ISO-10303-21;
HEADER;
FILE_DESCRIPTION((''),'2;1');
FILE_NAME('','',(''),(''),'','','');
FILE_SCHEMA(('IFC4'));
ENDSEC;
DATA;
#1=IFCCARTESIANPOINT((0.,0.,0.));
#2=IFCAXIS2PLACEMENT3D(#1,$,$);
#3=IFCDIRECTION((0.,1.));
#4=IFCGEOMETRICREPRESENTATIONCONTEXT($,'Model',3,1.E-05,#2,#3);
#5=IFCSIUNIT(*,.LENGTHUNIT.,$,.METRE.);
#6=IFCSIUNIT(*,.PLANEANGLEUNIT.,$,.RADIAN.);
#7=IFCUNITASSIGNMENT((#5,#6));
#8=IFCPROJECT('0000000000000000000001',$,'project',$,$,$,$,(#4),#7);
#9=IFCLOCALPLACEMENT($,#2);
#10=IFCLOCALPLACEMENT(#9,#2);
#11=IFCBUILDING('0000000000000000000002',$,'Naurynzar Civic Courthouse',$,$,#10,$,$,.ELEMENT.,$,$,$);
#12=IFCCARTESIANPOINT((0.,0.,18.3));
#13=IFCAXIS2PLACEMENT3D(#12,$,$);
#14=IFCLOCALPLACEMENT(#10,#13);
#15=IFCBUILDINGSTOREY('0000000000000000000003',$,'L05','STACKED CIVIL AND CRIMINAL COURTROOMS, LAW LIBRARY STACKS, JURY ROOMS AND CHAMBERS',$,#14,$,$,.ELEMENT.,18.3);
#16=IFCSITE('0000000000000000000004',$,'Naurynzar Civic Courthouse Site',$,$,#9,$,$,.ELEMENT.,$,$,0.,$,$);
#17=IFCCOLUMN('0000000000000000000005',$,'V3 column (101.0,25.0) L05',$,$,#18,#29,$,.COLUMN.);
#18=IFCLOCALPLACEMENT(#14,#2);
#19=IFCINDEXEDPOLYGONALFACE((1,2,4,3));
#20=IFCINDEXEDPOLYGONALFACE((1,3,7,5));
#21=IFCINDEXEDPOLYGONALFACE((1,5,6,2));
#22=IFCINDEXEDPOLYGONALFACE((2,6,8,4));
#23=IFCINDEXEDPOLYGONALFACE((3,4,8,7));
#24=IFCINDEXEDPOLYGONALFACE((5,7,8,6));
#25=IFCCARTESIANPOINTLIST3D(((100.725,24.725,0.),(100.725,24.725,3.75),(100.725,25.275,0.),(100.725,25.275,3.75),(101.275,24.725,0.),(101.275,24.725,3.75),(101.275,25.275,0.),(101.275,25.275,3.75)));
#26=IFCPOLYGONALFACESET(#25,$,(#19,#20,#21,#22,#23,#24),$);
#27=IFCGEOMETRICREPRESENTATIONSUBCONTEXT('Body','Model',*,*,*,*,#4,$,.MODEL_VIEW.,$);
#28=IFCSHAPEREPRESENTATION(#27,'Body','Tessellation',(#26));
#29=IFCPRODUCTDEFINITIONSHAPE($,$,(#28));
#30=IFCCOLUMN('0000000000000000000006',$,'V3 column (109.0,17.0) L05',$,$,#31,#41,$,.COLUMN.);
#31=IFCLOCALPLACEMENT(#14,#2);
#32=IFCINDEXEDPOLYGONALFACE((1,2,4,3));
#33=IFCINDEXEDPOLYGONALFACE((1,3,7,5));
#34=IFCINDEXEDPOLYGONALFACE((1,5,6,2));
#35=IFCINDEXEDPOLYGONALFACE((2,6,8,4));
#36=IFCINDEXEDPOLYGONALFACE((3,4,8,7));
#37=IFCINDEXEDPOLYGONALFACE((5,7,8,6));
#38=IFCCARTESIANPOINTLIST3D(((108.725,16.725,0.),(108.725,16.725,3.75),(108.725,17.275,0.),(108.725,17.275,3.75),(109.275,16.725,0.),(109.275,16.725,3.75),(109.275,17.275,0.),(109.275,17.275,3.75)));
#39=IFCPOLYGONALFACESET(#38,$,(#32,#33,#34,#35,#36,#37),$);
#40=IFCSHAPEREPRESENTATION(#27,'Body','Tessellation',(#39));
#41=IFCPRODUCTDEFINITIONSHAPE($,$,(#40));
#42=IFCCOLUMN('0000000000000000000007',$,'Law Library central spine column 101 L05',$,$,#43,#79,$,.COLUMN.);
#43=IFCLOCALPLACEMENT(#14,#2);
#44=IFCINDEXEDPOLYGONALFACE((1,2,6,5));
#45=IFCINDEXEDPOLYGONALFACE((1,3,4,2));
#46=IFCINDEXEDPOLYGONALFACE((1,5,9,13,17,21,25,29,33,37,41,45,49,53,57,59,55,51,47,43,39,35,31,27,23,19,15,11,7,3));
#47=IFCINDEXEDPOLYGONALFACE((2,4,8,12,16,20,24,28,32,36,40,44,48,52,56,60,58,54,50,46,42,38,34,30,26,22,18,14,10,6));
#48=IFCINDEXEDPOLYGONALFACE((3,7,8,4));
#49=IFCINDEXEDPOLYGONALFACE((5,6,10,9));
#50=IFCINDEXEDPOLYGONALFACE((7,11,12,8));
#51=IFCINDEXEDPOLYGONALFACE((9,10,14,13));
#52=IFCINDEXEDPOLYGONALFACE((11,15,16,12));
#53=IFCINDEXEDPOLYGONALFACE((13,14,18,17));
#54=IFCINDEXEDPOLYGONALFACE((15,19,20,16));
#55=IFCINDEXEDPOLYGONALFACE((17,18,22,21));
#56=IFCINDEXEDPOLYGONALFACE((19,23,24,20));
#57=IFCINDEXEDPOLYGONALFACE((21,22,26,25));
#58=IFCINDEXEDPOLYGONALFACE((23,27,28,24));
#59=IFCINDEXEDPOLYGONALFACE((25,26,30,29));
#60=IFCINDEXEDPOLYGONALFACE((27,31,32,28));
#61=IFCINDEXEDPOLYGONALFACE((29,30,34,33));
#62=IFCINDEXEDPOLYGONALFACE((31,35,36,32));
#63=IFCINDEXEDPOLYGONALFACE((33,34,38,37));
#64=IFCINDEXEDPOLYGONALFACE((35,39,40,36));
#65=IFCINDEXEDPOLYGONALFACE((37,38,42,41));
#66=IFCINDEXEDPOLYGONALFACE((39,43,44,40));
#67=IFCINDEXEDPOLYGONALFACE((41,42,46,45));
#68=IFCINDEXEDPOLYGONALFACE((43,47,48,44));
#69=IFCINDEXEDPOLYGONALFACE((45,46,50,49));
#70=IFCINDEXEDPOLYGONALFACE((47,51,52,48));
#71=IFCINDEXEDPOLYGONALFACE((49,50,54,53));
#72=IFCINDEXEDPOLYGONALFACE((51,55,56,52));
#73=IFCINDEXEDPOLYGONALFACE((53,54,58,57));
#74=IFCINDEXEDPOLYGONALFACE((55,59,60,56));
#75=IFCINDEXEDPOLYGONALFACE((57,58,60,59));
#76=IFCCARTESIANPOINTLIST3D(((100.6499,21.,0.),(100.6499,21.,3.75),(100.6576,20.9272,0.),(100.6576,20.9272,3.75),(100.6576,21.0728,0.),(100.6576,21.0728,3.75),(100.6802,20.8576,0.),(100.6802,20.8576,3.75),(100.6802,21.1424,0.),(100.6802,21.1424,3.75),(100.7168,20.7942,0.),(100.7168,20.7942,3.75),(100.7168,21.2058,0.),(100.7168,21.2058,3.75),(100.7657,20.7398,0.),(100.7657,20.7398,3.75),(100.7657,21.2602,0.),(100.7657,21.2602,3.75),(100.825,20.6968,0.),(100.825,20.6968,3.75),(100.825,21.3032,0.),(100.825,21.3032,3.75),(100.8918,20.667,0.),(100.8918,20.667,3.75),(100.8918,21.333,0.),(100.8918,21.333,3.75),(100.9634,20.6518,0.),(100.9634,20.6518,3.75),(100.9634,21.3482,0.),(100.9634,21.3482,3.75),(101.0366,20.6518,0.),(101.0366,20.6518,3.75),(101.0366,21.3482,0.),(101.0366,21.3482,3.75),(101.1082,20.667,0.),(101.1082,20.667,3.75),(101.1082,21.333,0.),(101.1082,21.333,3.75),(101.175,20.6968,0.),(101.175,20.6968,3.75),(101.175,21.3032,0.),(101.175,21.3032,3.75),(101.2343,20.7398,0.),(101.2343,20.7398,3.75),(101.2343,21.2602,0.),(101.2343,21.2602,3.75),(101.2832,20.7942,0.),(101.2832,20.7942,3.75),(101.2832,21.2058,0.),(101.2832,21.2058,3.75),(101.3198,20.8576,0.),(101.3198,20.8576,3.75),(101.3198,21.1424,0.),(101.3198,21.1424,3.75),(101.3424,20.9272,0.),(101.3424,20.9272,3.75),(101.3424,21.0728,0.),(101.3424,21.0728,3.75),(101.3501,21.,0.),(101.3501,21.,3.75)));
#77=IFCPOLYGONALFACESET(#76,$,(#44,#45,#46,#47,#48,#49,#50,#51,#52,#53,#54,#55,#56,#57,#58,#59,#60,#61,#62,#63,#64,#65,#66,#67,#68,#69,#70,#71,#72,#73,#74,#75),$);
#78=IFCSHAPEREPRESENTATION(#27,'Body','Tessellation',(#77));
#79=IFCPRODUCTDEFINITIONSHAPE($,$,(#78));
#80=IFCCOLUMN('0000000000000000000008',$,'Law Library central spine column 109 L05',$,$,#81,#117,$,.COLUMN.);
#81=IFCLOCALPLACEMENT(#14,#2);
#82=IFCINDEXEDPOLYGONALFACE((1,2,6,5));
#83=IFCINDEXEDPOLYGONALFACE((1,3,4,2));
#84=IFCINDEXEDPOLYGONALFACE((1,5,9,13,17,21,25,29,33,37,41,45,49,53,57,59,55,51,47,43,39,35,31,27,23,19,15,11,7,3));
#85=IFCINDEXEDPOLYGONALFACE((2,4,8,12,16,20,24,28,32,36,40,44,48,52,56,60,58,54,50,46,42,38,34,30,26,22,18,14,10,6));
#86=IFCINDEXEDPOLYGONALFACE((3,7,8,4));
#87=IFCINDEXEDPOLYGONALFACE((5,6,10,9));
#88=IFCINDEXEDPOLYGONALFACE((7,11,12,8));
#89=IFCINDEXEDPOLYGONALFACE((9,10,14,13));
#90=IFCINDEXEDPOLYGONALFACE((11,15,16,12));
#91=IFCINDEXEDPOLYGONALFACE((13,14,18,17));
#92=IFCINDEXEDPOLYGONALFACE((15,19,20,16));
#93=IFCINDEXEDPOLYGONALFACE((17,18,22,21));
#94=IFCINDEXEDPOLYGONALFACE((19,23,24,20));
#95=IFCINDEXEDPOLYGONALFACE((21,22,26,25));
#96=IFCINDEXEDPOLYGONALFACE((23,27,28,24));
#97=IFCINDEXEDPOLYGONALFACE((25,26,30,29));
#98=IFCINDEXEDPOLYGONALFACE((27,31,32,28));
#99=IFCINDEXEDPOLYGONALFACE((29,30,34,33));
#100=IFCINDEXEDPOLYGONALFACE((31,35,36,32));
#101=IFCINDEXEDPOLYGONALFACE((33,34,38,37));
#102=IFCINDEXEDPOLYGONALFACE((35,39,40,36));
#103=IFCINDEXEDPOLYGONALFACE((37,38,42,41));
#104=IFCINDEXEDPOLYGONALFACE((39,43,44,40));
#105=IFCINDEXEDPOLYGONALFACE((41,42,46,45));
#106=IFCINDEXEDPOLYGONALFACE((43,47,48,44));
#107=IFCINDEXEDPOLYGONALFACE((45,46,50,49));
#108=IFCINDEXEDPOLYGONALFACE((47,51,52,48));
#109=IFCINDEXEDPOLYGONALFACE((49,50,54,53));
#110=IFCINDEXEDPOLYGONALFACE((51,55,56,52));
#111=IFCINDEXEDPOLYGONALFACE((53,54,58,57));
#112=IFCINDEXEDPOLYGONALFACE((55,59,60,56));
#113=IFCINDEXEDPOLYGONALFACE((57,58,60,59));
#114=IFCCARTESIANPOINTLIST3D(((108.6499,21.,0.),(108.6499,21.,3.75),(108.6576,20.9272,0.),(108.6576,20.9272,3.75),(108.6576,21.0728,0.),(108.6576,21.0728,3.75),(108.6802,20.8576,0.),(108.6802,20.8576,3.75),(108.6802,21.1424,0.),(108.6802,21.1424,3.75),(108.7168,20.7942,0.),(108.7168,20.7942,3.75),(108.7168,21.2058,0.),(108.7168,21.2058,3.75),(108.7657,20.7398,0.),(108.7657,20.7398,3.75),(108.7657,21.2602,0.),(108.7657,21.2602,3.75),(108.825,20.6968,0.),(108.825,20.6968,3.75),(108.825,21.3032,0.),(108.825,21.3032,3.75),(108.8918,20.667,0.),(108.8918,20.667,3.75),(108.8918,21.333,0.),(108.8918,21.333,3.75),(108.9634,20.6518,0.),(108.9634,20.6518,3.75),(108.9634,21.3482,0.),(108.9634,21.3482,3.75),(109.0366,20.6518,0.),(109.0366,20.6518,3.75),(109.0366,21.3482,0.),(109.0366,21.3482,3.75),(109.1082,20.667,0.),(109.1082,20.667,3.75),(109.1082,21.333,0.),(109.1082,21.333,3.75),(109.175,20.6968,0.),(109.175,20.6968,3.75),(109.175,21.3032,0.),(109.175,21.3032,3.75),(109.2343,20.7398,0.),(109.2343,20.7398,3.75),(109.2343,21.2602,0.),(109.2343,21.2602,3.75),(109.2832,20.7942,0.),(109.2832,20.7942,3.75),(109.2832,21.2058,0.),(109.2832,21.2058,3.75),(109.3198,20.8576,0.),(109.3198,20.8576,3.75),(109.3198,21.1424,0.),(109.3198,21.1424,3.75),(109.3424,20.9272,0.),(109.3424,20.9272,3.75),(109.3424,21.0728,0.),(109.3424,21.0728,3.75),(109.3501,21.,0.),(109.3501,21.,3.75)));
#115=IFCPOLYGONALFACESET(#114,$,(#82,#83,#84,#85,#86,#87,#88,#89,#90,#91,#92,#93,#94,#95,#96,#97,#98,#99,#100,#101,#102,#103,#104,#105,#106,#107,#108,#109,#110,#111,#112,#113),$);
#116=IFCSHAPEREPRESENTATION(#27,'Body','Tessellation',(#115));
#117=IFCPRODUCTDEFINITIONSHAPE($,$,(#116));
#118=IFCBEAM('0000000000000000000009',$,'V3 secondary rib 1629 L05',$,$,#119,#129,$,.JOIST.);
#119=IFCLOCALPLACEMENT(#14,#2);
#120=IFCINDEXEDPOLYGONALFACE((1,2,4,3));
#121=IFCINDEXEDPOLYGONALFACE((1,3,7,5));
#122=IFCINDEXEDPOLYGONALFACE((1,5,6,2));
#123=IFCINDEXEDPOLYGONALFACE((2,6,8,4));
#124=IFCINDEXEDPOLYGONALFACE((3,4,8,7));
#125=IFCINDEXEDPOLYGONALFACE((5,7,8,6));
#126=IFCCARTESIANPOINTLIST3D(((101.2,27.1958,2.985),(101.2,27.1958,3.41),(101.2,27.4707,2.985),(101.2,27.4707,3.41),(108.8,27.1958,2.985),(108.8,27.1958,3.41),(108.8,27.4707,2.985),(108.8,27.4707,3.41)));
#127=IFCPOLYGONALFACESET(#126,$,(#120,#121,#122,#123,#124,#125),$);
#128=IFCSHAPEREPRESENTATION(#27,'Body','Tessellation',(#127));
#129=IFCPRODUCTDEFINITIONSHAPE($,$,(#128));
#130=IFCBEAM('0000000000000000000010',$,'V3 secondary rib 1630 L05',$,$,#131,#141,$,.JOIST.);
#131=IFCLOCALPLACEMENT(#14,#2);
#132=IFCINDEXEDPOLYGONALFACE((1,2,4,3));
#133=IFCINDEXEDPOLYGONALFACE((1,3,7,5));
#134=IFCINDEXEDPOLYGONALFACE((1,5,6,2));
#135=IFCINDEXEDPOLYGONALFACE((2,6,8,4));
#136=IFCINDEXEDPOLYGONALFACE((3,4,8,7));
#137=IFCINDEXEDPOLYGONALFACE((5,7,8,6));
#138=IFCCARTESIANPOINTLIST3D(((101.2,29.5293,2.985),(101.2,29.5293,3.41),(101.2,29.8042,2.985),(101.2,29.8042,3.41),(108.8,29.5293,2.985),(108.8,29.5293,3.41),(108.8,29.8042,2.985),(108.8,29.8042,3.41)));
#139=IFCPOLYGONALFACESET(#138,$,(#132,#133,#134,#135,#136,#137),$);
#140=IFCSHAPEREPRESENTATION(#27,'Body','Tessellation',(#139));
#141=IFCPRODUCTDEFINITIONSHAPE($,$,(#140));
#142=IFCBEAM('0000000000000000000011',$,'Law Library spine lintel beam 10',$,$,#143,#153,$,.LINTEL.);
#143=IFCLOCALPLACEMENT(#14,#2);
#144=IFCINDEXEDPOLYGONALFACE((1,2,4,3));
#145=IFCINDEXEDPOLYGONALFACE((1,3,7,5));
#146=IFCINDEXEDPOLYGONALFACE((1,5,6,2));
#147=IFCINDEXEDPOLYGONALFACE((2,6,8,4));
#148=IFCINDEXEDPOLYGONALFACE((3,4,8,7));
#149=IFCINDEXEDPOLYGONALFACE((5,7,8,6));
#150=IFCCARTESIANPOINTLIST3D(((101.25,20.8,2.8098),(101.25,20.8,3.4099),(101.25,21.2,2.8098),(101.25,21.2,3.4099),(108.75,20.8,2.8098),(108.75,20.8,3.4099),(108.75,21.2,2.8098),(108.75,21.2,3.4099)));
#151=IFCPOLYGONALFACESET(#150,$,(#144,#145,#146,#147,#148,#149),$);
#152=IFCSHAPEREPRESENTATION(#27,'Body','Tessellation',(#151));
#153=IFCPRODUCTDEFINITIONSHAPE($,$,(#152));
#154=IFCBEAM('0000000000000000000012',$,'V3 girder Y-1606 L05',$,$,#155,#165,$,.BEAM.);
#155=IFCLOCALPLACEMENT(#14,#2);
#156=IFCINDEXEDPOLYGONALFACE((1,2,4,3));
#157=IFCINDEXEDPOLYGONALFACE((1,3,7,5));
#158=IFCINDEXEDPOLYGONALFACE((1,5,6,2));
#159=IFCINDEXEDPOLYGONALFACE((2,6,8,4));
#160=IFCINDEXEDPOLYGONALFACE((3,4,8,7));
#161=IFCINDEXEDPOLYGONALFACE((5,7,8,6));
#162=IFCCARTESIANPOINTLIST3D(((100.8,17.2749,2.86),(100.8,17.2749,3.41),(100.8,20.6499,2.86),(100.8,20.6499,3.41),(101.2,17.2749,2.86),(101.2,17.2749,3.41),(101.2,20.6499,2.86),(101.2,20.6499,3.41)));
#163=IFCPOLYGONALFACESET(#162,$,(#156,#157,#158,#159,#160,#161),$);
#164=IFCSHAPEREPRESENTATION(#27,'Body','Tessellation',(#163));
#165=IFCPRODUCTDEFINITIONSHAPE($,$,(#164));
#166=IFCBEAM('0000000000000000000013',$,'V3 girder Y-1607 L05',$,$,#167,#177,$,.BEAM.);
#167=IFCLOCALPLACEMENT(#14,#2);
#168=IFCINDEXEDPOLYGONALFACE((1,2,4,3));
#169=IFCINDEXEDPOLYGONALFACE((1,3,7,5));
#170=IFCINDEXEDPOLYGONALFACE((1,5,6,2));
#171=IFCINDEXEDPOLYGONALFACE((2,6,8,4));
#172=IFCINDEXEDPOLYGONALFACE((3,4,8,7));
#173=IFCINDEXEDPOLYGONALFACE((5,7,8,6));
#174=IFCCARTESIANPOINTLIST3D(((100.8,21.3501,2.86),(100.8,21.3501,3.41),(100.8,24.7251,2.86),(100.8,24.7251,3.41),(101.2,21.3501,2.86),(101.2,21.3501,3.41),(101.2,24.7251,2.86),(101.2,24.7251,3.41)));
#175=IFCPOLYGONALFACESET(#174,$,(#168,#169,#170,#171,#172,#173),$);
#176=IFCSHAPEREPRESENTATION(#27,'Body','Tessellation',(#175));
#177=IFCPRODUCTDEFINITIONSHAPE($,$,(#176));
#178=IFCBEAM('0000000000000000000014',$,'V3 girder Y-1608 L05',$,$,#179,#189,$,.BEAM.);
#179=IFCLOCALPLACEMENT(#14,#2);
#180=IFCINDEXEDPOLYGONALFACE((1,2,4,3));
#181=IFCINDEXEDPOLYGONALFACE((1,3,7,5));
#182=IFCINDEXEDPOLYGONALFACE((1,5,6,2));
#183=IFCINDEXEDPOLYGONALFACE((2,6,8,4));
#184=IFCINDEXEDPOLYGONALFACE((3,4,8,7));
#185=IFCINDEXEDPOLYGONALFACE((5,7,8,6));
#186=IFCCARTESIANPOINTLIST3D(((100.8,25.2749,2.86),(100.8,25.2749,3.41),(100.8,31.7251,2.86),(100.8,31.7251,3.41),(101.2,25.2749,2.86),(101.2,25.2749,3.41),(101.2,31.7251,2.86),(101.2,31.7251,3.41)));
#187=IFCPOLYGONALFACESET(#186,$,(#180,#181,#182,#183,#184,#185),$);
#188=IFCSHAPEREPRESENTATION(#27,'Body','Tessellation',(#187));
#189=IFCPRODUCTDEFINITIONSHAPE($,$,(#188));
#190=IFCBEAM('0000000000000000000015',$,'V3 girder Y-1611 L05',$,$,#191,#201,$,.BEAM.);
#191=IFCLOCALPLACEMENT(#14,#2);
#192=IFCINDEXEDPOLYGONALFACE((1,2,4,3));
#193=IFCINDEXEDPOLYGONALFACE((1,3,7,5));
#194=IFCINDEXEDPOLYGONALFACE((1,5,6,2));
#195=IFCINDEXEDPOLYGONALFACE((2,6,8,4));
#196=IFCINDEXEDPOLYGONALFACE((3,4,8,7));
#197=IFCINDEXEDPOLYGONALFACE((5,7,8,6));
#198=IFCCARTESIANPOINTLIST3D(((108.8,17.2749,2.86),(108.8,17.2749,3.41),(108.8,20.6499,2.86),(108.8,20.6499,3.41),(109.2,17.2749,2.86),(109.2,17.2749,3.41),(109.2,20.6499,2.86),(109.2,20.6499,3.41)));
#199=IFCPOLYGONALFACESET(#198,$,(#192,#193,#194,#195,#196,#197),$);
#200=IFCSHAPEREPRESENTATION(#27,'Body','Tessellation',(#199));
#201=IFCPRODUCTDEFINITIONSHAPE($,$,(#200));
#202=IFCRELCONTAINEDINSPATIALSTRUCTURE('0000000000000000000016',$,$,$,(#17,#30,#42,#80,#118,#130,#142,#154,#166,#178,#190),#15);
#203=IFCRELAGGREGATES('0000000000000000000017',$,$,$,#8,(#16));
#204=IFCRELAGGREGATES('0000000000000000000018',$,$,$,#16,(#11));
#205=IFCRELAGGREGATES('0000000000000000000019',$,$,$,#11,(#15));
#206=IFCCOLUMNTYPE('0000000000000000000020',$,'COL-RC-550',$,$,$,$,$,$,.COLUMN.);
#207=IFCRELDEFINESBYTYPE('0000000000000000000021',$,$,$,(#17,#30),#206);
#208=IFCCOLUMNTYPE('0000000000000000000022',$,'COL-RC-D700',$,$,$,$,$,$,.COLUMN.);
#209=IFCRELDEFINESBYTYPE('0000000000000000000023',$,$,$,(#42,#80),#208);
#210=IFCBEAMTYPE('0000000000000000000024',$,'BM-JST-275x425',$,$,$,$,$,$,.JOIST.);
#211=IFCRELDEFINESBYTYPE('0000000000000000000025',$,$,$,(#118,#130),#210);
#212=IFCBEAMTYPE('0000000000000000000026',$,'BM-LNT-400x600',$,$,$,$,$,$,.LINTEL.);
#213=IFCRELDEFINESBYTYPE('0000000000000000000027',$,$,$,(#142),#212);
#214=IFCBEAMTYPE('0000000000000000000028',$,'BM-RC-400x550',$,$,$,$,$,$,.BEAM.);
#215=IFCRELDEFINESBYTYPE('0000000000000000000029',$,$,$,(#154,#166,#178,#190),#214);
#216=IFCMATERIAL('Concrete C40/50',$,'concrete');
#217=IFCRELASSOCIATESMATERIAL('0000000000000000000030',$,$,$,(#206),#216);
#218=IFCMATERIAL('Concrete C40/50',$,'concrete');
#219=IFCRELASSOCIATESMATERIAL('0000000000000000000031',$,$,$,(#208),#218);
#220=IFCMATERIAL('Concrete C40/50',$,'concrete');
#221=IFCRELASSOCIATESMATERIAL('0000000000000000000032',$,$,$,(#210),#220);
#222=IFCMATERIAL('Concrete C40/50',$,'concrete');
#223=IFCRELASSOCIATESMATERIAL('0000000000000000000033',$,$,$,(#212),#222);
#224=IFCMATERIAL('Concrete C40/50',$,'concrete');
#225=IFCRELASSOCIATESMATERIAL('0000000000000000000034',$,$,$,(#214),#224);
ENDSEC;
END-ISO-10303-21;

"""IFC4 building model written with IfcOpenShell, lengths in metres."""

from ifc_helpers import new_model, si_unit, direction, frame, origin, origin_2d, place, context, subcontext, project, spatial, rectangle, circle, extrude, material, material_profile, profile_set, type_object, element, save


model = new_model("IFC4")

# Units and contexts
model_context = context("Model", 3, precision=1e-05, world=origin(), true_north=direction((0.0, 1.0)))
body_context = subcontext(model_context, "Body", "Model", "MODEL_VIEW")
ifc_project = project(units=[si_unit("LENGTHUNIT", "METRE"), si_unit("PLANEANGLEUNIT", "RADIAN")], contexts=[model_context])

# Site, building, storey
site_placement = place(None, origin())
site = spatial("IfcSite", under=ifc_project, at=site_placement, Name="Naurynzar Civic Courthouse Site", CompositionType="ELEMENT", RefElevation=0.0)
building_placement = place(site_placement, origin())
building = spatial("IfcBuilding", under=site, at=building_placement, Name="Naurynzar Civic Courthouse", CompositionType="ELEMENT")
storey_placement = place(building_placement, frame((0.0, 0.0, 18.3)))
storey = spatial("IfcBuildingStorey", under=building, at=storey_placement, Name="L05", Description="STACKED CIVIL AND CRIMINAL COURTROOMS, LAW LIBRARY STACKS, JURY ROOMS AND CHAMBERS", CompositionType="ELEMENT", Elevation=18.3)

# Columns
ifc_material_1 = material(Name="Concrete C40/50", Category="concrete")
ifc_material_profile_1 = material_profile(ifc_material_1, rectangle(XDim=0.55, YDim=0.55, at=origin_2d()), Name="RC 550x550")
ifc_profile_set_1 = profile_set([ifc_material_profile_1], Name="Concrete C40/50")
column_type_1 = type_object("IfcColumnType", Name="COL-RC-550", PredefinedType="COLUMN", material=ifc_profile_set_1)
for number, where, z_axis, x_axis, name in (
    (1, (101.0, 25.0, 0.0), (0.0, 0.0, 1.0), (1.0, 0.0, 0.0), "V3 column (101.0,25.0) L05"),
    (2, (109.0, 17.0, 0.0), (0.0, 0.0, 1.0), (1.0, 0.0, 0.0), "V3 column (109.0,17.0) L05"),
):
    element("IfcColumn", number, at=place(storey_placement, frame(where, z_axis=z_axis, x_axis=x_axis)), inside=storey, type_object=column_type_1, Name=name, PredefinedType="COLUMN", context=body_context, shape_type="SweptSolid", body=[
        extrude(rectangle(XDim=0.55, YDim=0.55, at=origin_2d()), origin(), (0.0, 0.0, 1.0), 3.75),
    ])
ifc_material_2 = material(Name="Concrete C40/50", Category="concrete")
ifc_material_profile_2 = material_profile(ifc_material_2, circle(Radius=0.3501, at=origin_2d()), Name="RC D700")
ifc_profile_set_2 = profile_set([ifc_material_profile_2], Name="Concrete C40/50")
column_type_2 = type_object("IfcColumnType", Name="COL-RC-D700", PredefinedType="COLUMN", material=ifc_profile_set_2)
for number, where, z_axis, x_axis, name in (
    (3, (101.0, 21.0, 0.0), (0.0, 0.0, 1.0), (1.0, 0.0, 0.0), "Law Library central spine column 101 L05"),
    (4, (109.0, 21.0, 0.0), (0.0, 0.0, 1.0), (1.0, 0.0, 0.0), "Law Library central spine column 109 L05"),
):
    element("IfcColumn", number, at=place(storey_placement, frame(where, z_axis=z_axis, x_axis=x_axis)), inside=storey, type_object=column_type_2, Name=name, PredefinedType="COLUMN", context=body_context, shape_type="SweptSolid", body=[
        extrude(circle(Radius=0.3501, at=origin_2d()), origin(), (0.0, 0.0, 1.0), 3.75),
    ])

# Beams
ifc_material_3 = material(Name="Concrete C40/50", Category="concrete")
ifc_material_profile_3 = material_profile(ifc_material_3, rectangle(XDim=0.2749, YDim=0.425, at=origin_2d()), Name="RCB 275x425")
ifc_profile_set_3 = profile_set([ifc_material_profile_3], Name="Concrete C40/50")
beam_type_1 = type_object("IfcBeamType", Name="BM-JST-275x425", PredefinedType="JOIST", material=ifc_profile_set_3)
for number, where, z_axis, x_axis, name in (
    (5, (101.2, 27.3333, 3.1975), (1.0, 0.0, 0.0), (0.0, 1.0, 0.0), "V3 secondary rib 1629 L05"),
    (6, (101.2, 29.6667, 3.1975), (1.0, 0.0, 0.0), (0.0, 1.0, 0.0), "V3 secondary rib 1630 L05"),
):
    element("IfcBeam", number, at=place(storey_placement, frame(where, z_axis=z_axis, x_axis=x_axis)), inside=storey, type_object=beam_type_1, Name=name, PredefinedType="JOIST", context=body_context, shape_type="SweptSolid", body=[
        extrude(rectangle(XDim=0.2749, YDim=0.425, at=origin_2d()), origin(), (0.0, 0.0, 1.0), 7.6001),
    ])
ifc_material_4 = material(Name="Concrete C40/50", Category="concrete")
ifc_material_profile_4 = material_profile(ifc_material_4, rectangle(XDim=0.3999, YDim=0.6001, at=origin_2d()), Name="RCL 400x600")
ifc_profile_set_4 = profile_set([ifc_material_profile_4], Name="Concrete C40/50")
beam_type_2 = type_object("IfcBeamType", Name="BM-LNT-400x600", PredefinedType="LINTEL", material=ifc_profile_set_4)
beam_1_placement = place(storey_placement, frame((101.25, 21.0, 3.1099), z_axis=(1.0, 0.0, 0.0), x_axis=(0.0, 1.0, 0.0)))
element("IfcBeam", 7, at=beam_1_placement, inside=storey, type_object=beam_type_2, Name="Law Library spine lintel beam 10", PredefinedType="LINTEL", context=body_context, shape_type="SweptSolid", body=[
    extrude(rectangle(XDim=0.3999, YDim=0.6001, at=origin_2d()), origin(), (0.0, 0.0, 1.0), 7.5),
])
ifc_material_5 = material(Name="Concrete C40/50", Category="concrete")
ifc_material_profile_5 = material_profile(ifc_material_5, rectangle(XDim=0.3999, YDim=0.55, at=origin_2d()), Name="RCB 400x550")
ifc_profile_set_5 = profile_set([ifc_material_profile_5], Name="Concrete C40/50")
beam_type_3 = type_object("IfcBeamType", Name="BM-RC-400x550", PredefinedType="BEAM", material=ifc_profile_set_5)
for number, where, z_axis, x_axis, name in (
    (8, (101.0, 17.2749, 3.135), (0.0, 1.0, 0.0), (-1.0, 0.0, 0.0), "V3 girder Y-1606 L05"),
    (9, (101.0, 21.3501, 3.135), (0.0, 1.0, 0.0), (-1.0, 0.0, 0.0), "V3 girder Y-1607 L05"),
):
    element("IfcBeam", number, at=place(storey_placement, frame(where, z_axis=z_axis, x_axis=x_axis)), inside=storey, type_object=beam_type_3, Name=name, PredefinedType="BEAM", context=body_context, shape_type="SweptSolid", body=[
        extrude(rectangle(XDim=0.3999, YDim=0.55, at=origin_2d()), origin(), (0.0, 0.0, 1.0), 3.375),
    ])
beam_2_placement = place(storey_placement, frame((101.0, 25.2749, 3.135), z_axis=(0.0, 1.0, 0.0), x_axis=(-1.0, 0.0, 0.0)))
element("IfcBeam", 10, at=beam_2_placement, inside=storey, type_object=beam_type_3, Name="V3 girder Y-1608 L05", PredefinedType="BEAM", context=body_context, shape_type="SweptSolid", body=[
    extrude(rectangle(XDim=0.3999, YDim=0.55, at=origin_2d()), origin(), (0.0, 0.0, 1.0), 6.4502),
])
beam_3_placement = place(storey_placement, frame((109.0, 17.2749, 3.135), z_axis=(0.0, 1.0, 0.0), x_axis=(-1.0, 0.0, 0.0)))
element("IfcBeam", 11, at=beam_3_placement, inside=storey, type_object=beam_type_3, Name="V3 girder Y-1611 L05", PredefinedType="BEAM", context=body_context, shape_type="SweptSolid", body=[
    extrude(rectangle(XDim=0.3999, YDim=0.55, at=origin_2d()), origin(), (0.0, 0.0, 1.0), 3.375),
])

save(model, "model.ifc")
